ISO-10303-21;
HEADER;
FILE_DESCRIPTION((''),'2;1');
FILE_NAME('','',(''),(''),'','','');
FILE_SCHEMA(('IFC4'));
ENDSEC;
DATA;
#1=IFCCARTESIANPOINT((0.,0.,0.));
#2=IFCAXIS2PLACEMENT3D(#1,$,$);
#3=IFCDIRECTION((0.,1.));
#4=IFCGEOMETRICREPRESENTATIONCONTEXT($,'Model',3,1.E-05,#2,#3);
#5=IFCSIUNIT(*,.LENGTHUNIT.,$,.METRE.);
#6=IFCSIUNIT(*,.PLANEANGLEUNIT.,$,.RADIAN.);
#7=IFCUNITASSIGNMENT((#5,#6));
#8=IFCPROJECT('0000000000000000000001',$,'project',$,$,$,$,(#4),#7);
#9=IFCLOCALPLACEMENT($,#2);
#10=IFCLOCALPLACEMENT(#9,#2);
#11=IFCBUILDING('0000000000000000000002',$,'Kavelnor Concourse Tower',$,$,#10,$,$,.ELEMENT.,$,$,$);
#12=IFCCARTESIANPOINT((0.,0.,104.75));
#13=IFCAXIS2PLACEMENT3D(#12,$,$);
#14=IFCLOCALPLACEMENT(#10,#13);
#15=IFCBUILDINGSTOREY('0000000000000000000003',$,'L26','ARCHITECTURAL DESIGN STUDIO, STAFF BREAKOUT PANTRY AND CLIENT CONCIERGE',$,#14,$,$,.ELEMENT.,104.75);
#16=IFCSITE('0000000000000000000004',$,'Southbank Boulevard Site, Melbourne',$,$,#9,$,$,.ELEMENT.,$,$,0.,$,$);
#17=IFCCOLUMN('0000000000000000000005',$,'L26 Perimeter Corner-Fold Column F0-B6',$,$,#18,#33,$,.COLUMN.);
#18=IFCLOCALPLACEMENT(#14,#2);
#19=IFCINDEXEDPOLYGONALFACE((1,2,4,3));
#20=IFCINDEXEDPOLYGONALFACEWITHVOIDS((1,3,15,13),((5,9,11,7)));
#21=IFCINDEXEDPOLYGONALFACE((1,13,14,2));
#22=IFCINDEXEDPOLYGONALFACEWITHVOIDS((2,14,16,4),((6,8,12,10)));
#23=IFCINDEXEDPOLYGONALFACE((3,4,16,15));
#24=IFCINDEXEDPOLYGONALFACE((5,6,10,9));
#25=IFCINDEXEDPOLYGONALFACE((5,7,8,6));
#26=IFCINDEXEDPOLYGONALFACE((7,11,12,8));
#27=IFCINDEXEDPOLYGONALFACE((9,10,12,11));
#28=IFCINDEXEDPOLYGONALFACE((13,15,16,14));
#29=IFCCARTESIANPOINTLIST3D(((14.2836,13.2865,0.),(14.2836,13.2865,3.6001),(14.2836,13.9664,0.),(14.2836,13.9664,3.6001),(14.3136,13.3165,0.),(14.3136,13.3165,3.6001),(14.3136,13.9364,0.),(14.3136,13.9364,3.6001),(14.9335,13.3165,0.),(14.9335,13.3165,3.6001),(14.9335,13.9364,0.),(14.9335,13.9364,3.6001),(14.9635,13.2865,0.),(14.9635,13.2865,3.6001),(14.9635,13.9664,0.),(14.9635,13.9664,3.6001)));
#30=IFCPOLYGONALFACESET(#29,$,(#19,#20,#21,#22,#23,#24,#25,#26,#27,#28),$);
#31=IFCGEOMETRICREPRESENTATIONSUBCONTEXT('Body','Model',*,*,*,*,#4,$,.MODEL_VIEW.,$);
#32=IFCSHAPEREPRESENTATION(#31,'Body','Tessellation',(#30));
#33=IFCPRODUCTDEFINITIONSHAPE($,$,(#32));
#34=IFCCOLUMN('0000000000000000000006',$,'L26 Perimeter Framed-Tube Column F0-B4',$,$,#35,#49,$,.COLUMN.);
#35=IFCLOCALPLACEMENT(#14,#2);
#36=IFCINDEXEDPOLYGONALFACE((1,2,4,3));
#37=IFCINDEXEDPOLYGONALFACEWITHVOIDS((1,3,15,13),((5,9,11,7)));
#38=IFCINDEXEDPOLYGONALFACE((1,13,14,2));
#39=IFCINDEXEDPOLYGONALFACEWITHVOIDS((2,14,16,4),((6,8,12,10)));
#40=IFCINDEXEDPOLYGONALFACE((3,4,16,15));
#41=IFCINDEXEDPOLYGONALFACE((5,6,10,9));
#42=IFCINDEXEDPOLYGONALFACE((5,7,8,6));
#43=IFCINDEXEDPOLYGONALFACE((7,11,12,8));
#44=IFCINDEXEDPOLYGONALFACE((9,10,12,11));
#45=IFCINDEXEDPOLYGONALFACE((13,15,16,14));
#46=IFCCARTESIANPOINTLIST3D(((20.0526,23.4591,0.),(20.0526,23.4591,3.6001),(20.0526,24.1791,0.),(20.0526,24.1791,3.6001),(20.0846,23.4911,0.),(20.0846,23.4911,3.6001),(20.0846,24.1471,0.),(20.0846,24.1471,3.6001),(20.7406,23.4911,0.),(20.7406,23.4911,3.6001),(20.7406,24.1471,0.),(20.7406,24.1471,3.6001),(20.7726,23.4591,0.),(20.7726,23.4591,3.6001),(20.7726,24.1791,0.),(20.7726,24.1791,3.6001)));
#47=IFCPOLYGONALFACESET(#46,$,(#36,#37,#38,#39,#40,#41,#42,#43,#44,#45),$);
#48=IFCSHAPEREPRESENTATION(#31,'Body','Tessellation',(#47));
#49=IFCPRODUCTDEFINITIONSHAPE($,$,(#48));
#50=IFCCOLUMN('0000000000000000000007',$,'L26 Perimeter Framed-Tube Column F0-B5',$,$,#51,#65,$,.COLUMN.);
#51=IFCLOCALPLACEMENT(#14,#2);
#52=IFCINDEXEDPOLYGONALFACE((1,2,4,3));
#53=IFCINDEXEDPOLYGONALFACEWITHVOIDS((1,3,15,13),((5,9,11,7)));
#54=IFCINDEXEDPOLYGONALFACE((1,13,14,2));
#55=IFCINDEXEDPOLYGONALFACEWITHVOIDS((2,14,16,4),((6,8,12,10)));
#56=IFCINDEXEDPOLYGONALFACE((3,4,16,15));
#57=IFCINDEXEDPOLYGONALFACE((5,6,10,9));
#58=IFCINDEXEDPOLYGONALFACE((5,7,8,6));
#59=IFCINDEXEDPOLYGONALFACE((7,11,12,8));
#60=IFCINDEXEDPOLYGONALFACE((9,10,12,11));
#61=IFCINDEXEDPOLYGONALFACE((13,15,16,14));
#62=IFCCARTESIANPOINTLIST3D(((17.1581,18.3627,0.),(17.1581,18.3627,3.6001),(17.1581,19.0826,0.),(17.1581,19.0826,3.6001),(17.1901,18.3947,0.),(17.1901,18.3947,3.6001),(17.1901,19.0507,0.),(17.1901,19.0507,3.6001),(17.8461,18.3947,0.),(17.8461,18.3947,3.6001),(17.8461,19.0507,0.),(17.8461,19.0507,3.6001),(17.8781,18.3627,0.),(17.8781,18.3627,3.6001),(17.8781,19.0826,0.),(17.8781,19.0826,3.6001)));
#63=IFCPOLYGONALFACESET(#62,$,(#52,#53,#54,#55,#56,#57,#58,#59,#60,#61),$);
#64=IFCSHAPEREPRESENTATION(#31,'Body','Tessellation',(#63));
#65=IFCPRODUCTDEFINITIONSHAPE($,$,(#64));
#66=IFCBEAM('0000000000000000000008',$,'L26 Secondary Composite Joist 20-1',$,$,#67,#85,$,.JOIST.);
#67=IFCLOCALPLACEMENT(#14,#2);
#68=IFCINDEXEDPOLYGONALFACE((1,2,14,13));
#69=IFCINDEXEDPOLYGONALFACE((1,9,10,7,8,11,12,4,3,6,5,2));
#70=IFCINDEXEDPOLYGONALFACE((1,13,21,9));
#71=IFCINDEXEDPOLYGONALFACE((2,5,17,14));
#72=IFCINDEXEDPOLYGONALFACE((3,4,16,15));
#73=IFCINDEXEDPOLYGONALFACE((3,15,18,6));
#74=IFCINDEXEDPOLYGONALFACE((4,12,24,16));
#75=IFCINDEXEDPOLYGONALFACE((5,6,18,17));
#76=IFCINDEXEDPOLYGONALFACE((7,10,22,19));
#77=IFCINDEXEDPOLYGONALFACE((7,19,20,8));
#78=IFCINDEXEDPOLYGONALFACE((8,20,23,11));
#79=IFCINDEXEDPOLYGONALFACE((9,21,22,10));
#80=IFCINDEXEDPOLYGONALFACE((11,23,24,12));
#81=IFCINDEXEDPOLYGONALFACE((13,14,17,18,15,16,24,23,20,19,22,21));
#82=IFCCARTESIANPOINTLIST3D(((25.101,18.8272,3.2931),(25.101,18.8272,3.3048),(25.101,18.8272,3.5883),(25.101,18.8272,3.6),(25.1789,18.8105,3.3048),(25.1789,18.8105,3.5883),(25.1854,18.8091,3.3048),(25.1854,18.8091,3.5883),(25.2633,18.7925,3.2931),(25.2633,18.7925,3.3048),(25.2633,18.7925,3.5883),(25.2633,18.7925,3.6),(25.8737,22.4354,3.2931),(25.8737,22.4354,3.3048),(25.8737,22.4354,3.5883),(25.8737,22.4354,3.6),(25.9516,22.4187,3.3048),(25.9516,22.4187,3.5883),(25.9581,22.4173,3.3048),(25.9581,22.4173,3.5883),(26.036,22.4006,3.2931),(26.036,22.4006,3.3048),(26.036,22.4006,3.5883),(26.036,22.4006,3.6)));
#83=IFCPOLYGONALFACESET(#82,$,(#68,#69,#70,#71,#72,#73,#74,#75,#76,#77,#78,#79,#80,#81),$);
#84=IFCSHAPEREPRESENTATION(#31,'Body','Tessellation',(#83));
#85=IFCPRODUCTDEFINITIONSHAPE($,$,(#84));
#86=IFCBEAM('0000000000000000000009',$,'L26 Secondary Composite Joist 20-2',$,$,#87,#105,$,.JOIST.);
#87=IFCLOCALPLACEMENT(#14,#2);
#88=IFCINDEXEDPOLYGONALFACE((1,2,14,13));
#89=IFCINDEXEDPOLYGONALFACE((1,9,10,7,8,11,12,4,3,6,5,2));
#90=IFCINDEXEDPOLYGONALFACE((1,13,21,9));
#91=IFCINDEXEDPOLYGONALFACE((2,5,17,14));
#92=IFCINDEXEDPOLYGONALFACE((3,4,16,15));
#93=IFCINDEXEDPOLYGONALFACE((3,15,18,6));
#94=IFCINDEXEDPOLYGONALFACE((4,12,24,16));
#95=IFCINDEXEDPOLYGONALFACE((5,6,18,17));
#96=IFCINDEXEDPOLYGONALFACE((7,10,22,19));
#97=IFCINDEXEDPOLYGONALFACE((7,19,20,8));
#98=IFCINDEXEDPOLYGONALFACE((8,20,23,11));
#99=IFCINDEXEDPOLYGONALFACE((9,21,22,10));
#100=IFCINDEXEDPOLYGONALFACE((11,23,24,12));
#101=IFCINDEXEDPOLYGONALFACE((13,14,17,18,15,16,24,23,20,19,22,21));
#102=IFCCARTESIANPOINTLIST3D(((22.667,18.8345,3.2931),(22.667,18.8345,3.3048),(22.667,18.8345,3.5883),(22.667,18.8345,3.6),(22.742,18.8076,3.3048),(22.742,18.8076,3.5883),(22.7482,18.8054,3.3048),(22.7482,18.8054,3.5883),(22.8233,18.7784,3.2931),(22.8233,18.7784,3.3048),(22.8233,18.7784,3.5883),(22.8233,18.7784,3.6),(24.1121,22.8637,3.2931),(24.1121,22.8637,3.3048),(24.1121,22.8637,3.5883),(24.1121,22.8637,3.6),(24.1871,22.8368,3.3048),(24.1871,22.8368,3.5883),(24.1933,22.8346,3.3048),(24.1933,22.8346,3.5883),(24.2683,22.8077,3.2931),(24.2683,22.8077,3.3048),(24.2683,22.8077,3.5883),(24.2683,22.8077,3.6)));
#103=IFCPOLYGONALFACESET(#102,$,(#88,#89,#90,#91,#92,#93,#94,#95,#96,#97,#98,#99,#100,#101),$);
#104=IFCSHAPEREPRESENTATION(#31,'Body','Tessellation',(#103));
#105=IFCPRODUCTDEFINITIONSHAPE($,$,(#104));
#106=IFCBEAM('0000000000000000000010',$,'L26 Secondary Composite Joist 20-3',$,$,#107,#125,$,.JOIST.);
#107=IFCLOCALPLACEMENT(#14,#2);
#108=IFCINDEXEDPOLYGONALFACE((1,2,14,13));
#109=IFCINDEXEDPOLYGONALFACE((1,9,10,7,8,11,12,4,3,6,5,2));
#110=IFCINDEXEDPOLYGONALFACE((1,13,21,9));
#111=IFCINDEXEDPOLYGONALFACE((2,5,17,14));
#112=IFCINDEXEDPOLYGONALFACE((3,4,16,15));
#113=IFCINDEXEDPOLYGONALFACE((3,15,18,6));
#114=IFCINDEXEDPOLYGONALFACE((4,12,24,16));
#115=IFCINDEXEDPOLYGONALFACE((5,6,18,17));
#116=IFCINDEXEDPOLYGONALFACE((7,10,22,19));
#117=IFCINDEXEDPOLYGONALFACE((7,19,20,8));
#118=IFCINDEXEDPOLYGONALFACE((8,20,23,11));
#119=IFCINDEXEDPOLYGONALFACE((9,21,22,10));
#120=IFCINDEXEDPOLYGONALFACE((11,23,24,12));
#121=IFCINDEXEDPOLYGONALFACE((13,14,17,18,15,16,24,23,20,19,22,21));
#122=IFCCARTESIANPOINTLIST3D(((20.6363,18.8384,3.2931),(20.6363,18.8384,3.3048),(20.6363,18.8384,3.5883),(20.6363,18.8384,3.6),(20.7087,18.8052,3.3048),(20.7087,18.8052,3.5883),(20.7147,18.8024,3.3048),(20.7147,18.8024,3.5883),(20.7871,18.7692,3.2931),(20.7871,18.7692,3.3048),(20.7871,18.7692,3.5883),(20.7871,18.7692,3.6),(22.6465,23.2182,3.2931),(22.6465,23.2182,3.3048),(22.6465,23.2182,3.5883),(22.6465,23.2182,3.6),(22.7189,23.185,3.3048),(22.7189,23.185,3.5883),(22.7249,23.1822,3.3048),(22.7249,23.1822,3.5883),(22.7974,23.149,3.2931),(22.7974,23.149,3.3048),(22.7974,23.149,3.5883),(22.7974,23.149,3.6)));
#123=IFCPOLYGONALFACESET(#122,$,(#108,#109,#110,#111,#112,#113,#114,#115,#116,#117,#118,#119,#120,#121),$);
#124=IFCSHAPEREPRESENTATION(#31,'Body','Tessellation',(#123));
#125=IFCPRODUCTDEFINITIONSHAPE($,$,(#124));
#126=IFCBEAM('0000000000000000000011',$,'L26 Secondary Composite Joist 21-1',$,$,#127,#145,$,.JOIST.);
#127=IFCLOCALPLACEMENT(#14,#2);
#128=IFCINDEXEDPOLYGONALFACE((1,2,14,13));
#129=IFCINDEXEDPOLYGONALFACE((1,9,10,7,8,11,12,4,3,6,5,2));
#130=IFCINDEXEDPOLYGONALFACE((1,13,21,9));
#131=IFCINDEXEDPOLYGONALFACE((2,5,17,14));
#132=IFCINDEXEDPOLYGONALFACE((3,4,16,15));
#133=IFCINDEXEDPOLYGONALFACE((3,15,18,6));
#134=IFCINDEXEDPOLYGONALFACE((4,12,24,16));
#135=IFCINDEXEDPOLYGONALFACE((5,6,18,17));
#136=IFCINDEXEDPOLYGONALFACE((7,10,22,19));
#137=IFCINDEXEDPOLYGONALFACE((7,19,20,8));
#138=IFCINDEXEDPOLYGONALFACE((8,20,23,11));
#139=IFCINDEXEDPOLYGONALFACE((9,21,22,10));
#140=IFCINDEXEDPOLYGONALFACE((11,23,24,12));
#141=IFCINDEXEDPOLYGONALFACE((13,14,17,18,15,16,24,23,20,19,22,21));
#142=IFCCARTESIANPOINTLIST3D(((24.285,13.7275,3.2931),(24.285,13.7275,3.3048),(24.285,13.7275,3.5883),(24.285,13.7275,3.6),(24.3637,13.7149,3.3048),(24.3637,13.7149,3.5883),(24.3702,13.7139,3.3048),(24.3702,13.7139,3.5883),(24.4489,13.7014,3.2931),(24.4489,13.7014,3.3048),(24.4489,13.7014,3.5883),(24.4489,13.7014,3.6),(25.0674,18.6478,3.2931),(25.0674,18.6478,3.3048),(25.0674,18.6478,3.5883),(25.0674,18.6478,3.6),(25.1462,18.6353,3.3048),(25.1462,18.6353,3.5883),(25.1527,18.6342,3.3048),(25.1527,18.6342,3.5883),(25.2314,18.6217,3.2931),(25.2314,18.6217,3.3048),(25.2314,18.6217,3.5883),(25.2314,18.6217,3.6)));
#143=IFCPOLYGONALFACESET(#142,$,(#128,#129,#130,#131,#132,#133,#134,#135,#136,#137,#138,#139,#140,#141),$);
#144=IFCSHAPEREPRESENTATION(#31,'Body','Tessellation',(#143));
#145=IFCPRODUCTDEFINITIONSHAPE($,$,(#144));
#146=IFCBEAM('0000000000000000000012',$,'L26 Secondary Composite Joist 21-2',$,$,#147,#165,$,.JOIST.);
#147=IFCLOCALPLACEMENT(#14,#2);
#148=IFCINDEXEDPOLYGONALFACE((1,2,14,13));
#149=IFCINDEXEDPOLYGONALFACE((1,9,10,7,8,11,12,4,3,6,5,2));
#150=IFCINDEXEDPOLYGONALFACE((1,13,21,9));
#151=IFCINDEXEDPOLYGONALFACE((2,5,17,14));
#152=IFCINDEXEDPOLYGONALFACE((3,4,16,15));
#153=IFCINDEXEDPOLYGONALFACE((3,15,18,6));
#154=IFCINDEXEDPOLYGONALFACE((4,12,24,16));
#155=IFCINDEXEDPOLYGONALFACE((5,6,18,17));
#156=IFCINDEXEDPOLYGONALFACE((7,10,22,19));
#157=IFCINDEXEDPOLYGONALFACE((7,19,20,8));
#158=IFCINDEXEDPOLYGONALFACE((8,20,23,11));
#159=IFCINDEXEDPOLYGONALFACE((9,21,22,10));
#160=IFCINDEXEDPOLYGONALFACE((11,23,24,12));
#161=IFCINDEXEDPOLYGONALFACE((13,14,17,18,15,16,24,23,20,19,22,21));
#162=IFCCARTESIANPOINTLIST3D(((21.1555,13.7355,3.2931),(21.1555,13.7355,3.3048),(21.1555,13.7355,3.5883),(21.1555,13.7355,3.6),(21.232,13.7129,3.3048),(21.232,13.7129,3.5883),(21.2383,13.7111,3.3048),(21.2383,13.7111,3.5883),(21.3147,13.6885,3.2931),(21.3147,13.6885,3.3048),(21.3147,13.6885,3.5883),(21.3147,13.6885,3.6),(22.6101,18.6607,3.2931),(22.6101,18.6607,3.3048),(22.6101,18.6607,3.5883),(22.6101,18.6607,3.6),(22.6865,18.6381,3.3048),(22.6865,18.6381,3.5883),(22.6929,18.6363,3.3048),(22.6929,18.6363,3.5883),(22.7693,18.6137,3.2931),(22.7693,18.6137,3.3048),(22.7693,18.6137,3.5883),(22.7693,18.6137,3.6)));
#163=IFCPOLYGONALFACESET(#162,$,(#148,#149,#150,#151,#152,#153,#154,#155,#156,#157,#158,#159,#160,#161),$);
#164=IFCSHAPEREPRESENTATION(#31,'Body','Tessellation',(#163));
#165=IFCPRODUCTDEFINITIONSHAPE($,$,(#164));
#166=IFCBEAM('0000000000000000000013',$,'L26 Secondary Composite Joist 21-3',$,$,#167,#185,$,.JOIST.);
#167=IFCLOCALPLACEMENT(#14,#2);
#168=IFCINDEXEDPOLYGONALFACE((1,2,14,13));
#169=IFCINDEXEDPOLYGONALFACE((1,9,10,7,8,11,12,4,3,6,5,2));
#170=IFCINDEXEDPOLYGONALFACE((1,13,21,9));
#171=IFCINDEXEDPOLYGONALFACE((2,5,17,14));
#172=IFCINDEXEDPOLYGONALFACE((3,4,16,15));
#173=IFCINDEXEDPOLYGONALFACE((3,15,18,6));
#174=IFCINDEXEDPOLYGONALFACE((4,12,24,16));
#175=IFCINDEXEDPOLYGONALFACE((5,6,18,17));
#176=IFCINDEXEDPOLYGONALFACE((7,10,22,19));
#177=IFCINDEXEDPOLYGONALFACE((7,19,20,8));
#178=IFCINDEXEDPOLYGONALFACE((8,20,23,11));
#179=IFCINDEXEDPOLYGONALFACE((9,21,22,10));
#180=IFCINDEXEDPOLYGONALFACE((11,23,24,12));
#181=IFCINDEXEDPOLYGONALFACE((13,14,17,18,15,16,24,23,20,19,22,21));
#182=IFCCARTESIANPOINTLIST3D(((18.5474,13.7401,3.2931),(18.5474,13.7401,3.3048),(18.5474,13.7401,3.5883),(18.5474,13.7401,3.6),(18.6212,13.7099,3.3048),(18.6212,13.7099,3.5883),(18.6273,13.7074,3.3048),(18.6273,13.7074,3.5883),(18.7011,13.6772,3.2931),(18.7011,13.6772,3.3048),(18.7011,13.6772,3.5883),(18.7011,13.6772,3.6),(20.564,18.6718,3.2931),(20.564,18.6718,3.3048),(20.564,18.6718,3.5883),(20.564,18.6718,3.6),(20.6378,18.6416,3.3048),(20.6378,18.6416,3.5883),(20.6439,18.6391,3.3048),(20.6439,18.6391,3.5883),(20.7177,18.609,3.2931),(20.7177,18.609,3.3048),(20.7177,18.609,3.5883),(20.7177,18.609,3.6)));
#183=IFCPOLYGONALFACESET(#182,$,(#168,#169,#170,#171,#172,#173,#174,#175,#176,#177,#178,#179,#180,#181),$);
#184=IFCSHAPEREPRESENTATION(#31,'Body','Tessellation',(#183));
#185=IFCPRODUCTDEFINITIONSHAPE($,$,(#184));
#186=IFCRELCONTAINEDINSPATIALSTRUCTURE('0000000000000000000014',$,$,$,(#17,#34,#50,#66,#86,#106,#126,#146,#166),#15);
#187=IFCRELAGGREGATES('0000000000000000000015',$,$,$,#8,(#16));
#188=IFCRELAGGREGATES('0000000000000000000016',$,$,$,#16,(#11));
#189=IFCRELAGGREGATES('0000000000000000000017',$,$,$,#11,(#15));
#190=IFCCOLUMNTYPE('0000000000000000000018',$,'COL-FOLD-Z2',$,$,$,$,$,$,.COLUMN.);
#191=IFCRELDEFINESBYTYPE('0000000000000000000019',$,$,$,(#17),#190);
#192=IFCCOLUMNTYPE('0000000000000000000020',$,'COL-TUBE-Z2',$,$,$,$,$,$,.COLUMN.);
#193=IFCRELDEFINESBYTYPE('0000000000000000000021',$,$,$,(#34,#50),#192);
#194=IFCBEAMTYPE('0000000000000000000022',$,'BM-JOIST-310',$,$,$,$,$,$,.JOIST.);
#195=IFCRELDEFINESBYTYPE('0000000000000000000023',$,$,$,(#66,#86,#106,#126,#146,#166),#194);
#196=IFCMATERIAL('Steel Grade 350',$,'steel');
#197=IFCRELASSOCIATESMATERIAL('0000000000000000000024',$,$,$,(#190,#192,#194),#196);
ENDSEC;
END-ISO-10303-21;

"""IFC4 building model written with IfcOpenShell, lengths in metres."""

from ifc_helpers import new_model, si_unit, direction, frame, origin, origin_2d, place, context, subcontext, project, spatial, hollow_rectangle, i_section, extrude, material, material_profile, profile_set, type_object, element, save


model = new_model("IFC4")

# Units and contexts
model_context = context("Model", 3, precision=1e-05, world=origin(), true_north=direction((0.0, 1.0)))
body_context = subcontext(model_context, "Body", "Model", "MODEL_VIEW")
ifc_project = project(units=[si_unit("LENGTHUNIT", "METRE"), si_unit("PLANEANGLEUNIT", "RADIAN")], contexts=[model_context])

# Site, building, storey
site_placement = place(None, origin())
site = spatial("IfcSite", under=ifc_project, at=site_placement, Name="Southbank Boulevard Site, Melbourne", CompositionType="ELEMENT", RefElevation=0.0)
building_placement = place(site_placement, origin())
building = spatial("IfcBuilding", under=site, at=building_placement, Name="Kavelnor Concourse Tower", CompositionType="ELEMENT")
storey_placement = place(building_placement, frame((0.0, 0.0, 104.75)))
storey = spatial("IfcBuildingStorey", under=building, at=storey_placement, Name="L26", Description="ARCHITECTURAL DESIGN STUDIO, STAFF BREAKOUT PANTRY AND CLIENT CONCIERGE", CompositionType="ELEMENT", Elevation=104.75)

# Columns
ifc_material_1 = material(Name="Steel Grade 350", Category="steel")
ifc_material_profile_1 = material_profile(ifc_material_1, hollow_rectangle(XDim=0.6799, YDim=0.6799, WallThickness=0.03, at=origin_2d()), Name="SHS 680x680x30")
ifc_profile_set_1 = profile_set([ifc_material_profile_1], Name="Steel Grade 350")
column_type_1 = type_object("IfcColumnType", Name="COL-FOLD-Z2", PredefinedType="COLUMN", material=ifc_profile_set_1)
column_placement = place(storey_placement, frame((14.6235, 13.6265, 0.0), z_axis=(0.0, 0.0, 1.0), x_axis=(1.0, 0.0, 0.0)))
element("IfcColumn", 1, at=column_placement, inside=storey, type_object=column_type_1, Name="L26 Perimeter Corner-Fold Column F0-B6", PredefinedType="COLUMN", context=body_context, shape_type="SweptSolid", body=[
    extrude(hollow_rectangle(XDim=0.6799, YDim=0.6799, WallThickness=0.03, at=origin_2d()), origin(), (0.0, 0.0, 1.0), 3.6001),
])
ifc_material_profile_2 = material_profile(ifc_material_1, hollow_rectangle(XDim=0.72, YDim=0.72, WallThickness=0.032, at=origin_2d()), Name="SHS 720x720x32")
ifc_profile_set_2 = profile_set([ifc_material_profile_2], Name="Steel Grade 350")
column_type_2 = type_object("IfcColumnType", Name="COL-TUBE-Z2", PredefinedType="COLUMN", material=ifc_profile_set_2)
for number, where, z_axis, x_axis, name in (
    (2, (20.4126, 23.8191, 0.0), (0.0, 0.0, 1.0), (1.0, 0.0, 0.0), "L26 Perimeter Framed-Tube Column F0-B4"),
    (3, (17.5181, 18.7227, 0.0), (0.0, 0.0, 1.0), (1.0, 0.0, 0.0), "L26 Perimeter Framed-Tube Column F0-B5"),
):
    element("IfcColumn", number, at=place(storey_placement, frame(where, z_axis=z_axis, x_axis=x_axis)), inside=storey, type_object=column_type_2, Name=name, PredefinedType="COLUMN", context=body_context, shape_type="SweptSolid", body=[
        extrude(hollow_rectangle(XDim=0.72, YDim=0.72, WallThickness=0.032, at=origin_2d()), origin(), (0.0, 0.0, 1.0), 3.6001),
    ])

# Beams
ifc_material_profile_3 = material_profile(ifc_material_1, i_section(OverallWidth=0.166, OverallDepth=0.3069, WebThickness=0.0066, FlangeThickness=0.0117, at=origin_2d()), Name="310UB46")
ifc_profile_set_3 = profile_set([ifc_material_profile_3], Name="Steel Grade 350")
beam_type_1 = type_object("IfcBeamType", Name="BM-JOIST-310", PredefinedType="JOIST", material=ifc_profile_set_3)
beam_1_placement = place(storey_placement, frame((25.9548, 22.418, 3.4465), z_axis=(-0.209407, -0.977829, 0.0), x_axis=(0.977829, -0.209407, 0.0)))
element("IfcBeam", 4, at=beam_1_placement, inside=storey, type_object=beam_type_1, Name="L26 Secondary Composite Joist 20-1", PredefinedType="JOIST", context=body_context, shape_type="SweptSolid", body=[
    extrude(i_section(OverallWidth=0.166, OverallDepth=0.3069, WebThickness=0.0066, FlangeThickness=0.0117, at=origin_2d()), origin(), (0.0, 0.0, 1.0), 3.6899),
])
beam_2_placement = place(storey_placement, frame((24.1902, 22.8357, 3.4465), z_axis=(-0.337586, -0.941295, 0.0), x_axis=(0.941295, -0.337586, 0.0)))
element("IfcBeam", 5, at=beam_2_placement, inside=storey, type_object=beam_type_1, Name="L26 Secondary Composite Joist 20-2", PredefinedType="JOIST", context=body_context, shape_type="SweptSolid", body=[
    extrude(i_section(OverallWidth=0.166, OverallDepth=0.3069, WebThickness=0.0066, FlangeThickness=0.0117, at=origin_2d()), origin(), (0.0, 0.0, 1.0), 4.2805),
])
beam_3_placement = place(storey_placement, frame((22.7219, 23.1836, 3.4465), z_axis=(-0.417136, -0.908844, 0.0), x_axis=(0.908844, -0.417136, 0.0)))
element("IfcBeam", 6, at=beam_3_placement, inside=storey, type_object=beam_type_1, Name="L26 Secondary Composite Joist 20-3", PredefinedType="JOIST", context=body_context, shape_type="SweptSolid", body=[
    extrude(i_section(OverallWidth=0.166, OverallDepth=0.3069, WebThickness=0.0066, FlangeThickness=0.0117, at=origin_2d()), origin(), (0.0, 0.0, 1.0), 4.8191),
])
beam_4_placement = place(storey_placement, frame((25.1494, 18.6348, 3.4465), z_axis=(-0.157052, -0.98759, 0.0), x_axis=(0.98759, -0.157052, 0.0)))
element("IfcBeam", 7, at=beam_4_placement, inside=storey, type_object=beam_type_1, Name="L26 Secondary Composite Joist 21-1", PredefinedType="JOIST", context=body_context, shape_type="SweptSolid", body=[
    extrude(i_section(OverallWidth=0.166, OverallDepth=0.3069, WebThickness=0.0066, FlangeThickness=0.0117, at=origin_2d()), origin(), (0.0, 0.0, 1.0), 4.9822),
])
beam_5_placement = place(storey_placement, frame((22.6897, 18.6372, 3.4465), z_axis=(-0.283237, -0.95905, 0.0), x_axis=(0.95905, -0.283237, 0.0)))
element("IfcBeam", 8, at=beam_5_placement, inside=storey, type_object=beam_type_1, Name="L26 Secondary Composite Joist 21-2", PredefinedType="JOIST", context=body_context, shape_type="SweptSolid", body=[
    extrude(i_section(OverallWidth=0.166, OverallDepth=0.3069, WebThickness=0.0066, FlangeThickness=0.0117, at=origin_2d()), origin(), (0.0, 0.0, 1.0), 5.1355),
])
beam_6_placement = place(storey_placement, frame((20.6409, 18.6404, 3.4465), z_axis=(-0.37849, -0.925605, 0.0), x_axis=(0.925605, -0.37849, 0.0)))
element("IfcBeam", 9, at=beam_6_placement, inside=storey, type_object=beam_type_1, Name="L26 Secondary Composite Joist 21-3", PredefinedType="JOIST", context=body_context, shape_type="SweptSolid", body=[
    extrude(i_section(OverallWidth=0.166, OverallDepth=0.3069, WebThickness=0.0066, FlangeThickness=0.0117, at=origin_2d()), origin(), (0.0, 0.0, 1.0), 5.3281),
])

save(model, "model.ifc")
